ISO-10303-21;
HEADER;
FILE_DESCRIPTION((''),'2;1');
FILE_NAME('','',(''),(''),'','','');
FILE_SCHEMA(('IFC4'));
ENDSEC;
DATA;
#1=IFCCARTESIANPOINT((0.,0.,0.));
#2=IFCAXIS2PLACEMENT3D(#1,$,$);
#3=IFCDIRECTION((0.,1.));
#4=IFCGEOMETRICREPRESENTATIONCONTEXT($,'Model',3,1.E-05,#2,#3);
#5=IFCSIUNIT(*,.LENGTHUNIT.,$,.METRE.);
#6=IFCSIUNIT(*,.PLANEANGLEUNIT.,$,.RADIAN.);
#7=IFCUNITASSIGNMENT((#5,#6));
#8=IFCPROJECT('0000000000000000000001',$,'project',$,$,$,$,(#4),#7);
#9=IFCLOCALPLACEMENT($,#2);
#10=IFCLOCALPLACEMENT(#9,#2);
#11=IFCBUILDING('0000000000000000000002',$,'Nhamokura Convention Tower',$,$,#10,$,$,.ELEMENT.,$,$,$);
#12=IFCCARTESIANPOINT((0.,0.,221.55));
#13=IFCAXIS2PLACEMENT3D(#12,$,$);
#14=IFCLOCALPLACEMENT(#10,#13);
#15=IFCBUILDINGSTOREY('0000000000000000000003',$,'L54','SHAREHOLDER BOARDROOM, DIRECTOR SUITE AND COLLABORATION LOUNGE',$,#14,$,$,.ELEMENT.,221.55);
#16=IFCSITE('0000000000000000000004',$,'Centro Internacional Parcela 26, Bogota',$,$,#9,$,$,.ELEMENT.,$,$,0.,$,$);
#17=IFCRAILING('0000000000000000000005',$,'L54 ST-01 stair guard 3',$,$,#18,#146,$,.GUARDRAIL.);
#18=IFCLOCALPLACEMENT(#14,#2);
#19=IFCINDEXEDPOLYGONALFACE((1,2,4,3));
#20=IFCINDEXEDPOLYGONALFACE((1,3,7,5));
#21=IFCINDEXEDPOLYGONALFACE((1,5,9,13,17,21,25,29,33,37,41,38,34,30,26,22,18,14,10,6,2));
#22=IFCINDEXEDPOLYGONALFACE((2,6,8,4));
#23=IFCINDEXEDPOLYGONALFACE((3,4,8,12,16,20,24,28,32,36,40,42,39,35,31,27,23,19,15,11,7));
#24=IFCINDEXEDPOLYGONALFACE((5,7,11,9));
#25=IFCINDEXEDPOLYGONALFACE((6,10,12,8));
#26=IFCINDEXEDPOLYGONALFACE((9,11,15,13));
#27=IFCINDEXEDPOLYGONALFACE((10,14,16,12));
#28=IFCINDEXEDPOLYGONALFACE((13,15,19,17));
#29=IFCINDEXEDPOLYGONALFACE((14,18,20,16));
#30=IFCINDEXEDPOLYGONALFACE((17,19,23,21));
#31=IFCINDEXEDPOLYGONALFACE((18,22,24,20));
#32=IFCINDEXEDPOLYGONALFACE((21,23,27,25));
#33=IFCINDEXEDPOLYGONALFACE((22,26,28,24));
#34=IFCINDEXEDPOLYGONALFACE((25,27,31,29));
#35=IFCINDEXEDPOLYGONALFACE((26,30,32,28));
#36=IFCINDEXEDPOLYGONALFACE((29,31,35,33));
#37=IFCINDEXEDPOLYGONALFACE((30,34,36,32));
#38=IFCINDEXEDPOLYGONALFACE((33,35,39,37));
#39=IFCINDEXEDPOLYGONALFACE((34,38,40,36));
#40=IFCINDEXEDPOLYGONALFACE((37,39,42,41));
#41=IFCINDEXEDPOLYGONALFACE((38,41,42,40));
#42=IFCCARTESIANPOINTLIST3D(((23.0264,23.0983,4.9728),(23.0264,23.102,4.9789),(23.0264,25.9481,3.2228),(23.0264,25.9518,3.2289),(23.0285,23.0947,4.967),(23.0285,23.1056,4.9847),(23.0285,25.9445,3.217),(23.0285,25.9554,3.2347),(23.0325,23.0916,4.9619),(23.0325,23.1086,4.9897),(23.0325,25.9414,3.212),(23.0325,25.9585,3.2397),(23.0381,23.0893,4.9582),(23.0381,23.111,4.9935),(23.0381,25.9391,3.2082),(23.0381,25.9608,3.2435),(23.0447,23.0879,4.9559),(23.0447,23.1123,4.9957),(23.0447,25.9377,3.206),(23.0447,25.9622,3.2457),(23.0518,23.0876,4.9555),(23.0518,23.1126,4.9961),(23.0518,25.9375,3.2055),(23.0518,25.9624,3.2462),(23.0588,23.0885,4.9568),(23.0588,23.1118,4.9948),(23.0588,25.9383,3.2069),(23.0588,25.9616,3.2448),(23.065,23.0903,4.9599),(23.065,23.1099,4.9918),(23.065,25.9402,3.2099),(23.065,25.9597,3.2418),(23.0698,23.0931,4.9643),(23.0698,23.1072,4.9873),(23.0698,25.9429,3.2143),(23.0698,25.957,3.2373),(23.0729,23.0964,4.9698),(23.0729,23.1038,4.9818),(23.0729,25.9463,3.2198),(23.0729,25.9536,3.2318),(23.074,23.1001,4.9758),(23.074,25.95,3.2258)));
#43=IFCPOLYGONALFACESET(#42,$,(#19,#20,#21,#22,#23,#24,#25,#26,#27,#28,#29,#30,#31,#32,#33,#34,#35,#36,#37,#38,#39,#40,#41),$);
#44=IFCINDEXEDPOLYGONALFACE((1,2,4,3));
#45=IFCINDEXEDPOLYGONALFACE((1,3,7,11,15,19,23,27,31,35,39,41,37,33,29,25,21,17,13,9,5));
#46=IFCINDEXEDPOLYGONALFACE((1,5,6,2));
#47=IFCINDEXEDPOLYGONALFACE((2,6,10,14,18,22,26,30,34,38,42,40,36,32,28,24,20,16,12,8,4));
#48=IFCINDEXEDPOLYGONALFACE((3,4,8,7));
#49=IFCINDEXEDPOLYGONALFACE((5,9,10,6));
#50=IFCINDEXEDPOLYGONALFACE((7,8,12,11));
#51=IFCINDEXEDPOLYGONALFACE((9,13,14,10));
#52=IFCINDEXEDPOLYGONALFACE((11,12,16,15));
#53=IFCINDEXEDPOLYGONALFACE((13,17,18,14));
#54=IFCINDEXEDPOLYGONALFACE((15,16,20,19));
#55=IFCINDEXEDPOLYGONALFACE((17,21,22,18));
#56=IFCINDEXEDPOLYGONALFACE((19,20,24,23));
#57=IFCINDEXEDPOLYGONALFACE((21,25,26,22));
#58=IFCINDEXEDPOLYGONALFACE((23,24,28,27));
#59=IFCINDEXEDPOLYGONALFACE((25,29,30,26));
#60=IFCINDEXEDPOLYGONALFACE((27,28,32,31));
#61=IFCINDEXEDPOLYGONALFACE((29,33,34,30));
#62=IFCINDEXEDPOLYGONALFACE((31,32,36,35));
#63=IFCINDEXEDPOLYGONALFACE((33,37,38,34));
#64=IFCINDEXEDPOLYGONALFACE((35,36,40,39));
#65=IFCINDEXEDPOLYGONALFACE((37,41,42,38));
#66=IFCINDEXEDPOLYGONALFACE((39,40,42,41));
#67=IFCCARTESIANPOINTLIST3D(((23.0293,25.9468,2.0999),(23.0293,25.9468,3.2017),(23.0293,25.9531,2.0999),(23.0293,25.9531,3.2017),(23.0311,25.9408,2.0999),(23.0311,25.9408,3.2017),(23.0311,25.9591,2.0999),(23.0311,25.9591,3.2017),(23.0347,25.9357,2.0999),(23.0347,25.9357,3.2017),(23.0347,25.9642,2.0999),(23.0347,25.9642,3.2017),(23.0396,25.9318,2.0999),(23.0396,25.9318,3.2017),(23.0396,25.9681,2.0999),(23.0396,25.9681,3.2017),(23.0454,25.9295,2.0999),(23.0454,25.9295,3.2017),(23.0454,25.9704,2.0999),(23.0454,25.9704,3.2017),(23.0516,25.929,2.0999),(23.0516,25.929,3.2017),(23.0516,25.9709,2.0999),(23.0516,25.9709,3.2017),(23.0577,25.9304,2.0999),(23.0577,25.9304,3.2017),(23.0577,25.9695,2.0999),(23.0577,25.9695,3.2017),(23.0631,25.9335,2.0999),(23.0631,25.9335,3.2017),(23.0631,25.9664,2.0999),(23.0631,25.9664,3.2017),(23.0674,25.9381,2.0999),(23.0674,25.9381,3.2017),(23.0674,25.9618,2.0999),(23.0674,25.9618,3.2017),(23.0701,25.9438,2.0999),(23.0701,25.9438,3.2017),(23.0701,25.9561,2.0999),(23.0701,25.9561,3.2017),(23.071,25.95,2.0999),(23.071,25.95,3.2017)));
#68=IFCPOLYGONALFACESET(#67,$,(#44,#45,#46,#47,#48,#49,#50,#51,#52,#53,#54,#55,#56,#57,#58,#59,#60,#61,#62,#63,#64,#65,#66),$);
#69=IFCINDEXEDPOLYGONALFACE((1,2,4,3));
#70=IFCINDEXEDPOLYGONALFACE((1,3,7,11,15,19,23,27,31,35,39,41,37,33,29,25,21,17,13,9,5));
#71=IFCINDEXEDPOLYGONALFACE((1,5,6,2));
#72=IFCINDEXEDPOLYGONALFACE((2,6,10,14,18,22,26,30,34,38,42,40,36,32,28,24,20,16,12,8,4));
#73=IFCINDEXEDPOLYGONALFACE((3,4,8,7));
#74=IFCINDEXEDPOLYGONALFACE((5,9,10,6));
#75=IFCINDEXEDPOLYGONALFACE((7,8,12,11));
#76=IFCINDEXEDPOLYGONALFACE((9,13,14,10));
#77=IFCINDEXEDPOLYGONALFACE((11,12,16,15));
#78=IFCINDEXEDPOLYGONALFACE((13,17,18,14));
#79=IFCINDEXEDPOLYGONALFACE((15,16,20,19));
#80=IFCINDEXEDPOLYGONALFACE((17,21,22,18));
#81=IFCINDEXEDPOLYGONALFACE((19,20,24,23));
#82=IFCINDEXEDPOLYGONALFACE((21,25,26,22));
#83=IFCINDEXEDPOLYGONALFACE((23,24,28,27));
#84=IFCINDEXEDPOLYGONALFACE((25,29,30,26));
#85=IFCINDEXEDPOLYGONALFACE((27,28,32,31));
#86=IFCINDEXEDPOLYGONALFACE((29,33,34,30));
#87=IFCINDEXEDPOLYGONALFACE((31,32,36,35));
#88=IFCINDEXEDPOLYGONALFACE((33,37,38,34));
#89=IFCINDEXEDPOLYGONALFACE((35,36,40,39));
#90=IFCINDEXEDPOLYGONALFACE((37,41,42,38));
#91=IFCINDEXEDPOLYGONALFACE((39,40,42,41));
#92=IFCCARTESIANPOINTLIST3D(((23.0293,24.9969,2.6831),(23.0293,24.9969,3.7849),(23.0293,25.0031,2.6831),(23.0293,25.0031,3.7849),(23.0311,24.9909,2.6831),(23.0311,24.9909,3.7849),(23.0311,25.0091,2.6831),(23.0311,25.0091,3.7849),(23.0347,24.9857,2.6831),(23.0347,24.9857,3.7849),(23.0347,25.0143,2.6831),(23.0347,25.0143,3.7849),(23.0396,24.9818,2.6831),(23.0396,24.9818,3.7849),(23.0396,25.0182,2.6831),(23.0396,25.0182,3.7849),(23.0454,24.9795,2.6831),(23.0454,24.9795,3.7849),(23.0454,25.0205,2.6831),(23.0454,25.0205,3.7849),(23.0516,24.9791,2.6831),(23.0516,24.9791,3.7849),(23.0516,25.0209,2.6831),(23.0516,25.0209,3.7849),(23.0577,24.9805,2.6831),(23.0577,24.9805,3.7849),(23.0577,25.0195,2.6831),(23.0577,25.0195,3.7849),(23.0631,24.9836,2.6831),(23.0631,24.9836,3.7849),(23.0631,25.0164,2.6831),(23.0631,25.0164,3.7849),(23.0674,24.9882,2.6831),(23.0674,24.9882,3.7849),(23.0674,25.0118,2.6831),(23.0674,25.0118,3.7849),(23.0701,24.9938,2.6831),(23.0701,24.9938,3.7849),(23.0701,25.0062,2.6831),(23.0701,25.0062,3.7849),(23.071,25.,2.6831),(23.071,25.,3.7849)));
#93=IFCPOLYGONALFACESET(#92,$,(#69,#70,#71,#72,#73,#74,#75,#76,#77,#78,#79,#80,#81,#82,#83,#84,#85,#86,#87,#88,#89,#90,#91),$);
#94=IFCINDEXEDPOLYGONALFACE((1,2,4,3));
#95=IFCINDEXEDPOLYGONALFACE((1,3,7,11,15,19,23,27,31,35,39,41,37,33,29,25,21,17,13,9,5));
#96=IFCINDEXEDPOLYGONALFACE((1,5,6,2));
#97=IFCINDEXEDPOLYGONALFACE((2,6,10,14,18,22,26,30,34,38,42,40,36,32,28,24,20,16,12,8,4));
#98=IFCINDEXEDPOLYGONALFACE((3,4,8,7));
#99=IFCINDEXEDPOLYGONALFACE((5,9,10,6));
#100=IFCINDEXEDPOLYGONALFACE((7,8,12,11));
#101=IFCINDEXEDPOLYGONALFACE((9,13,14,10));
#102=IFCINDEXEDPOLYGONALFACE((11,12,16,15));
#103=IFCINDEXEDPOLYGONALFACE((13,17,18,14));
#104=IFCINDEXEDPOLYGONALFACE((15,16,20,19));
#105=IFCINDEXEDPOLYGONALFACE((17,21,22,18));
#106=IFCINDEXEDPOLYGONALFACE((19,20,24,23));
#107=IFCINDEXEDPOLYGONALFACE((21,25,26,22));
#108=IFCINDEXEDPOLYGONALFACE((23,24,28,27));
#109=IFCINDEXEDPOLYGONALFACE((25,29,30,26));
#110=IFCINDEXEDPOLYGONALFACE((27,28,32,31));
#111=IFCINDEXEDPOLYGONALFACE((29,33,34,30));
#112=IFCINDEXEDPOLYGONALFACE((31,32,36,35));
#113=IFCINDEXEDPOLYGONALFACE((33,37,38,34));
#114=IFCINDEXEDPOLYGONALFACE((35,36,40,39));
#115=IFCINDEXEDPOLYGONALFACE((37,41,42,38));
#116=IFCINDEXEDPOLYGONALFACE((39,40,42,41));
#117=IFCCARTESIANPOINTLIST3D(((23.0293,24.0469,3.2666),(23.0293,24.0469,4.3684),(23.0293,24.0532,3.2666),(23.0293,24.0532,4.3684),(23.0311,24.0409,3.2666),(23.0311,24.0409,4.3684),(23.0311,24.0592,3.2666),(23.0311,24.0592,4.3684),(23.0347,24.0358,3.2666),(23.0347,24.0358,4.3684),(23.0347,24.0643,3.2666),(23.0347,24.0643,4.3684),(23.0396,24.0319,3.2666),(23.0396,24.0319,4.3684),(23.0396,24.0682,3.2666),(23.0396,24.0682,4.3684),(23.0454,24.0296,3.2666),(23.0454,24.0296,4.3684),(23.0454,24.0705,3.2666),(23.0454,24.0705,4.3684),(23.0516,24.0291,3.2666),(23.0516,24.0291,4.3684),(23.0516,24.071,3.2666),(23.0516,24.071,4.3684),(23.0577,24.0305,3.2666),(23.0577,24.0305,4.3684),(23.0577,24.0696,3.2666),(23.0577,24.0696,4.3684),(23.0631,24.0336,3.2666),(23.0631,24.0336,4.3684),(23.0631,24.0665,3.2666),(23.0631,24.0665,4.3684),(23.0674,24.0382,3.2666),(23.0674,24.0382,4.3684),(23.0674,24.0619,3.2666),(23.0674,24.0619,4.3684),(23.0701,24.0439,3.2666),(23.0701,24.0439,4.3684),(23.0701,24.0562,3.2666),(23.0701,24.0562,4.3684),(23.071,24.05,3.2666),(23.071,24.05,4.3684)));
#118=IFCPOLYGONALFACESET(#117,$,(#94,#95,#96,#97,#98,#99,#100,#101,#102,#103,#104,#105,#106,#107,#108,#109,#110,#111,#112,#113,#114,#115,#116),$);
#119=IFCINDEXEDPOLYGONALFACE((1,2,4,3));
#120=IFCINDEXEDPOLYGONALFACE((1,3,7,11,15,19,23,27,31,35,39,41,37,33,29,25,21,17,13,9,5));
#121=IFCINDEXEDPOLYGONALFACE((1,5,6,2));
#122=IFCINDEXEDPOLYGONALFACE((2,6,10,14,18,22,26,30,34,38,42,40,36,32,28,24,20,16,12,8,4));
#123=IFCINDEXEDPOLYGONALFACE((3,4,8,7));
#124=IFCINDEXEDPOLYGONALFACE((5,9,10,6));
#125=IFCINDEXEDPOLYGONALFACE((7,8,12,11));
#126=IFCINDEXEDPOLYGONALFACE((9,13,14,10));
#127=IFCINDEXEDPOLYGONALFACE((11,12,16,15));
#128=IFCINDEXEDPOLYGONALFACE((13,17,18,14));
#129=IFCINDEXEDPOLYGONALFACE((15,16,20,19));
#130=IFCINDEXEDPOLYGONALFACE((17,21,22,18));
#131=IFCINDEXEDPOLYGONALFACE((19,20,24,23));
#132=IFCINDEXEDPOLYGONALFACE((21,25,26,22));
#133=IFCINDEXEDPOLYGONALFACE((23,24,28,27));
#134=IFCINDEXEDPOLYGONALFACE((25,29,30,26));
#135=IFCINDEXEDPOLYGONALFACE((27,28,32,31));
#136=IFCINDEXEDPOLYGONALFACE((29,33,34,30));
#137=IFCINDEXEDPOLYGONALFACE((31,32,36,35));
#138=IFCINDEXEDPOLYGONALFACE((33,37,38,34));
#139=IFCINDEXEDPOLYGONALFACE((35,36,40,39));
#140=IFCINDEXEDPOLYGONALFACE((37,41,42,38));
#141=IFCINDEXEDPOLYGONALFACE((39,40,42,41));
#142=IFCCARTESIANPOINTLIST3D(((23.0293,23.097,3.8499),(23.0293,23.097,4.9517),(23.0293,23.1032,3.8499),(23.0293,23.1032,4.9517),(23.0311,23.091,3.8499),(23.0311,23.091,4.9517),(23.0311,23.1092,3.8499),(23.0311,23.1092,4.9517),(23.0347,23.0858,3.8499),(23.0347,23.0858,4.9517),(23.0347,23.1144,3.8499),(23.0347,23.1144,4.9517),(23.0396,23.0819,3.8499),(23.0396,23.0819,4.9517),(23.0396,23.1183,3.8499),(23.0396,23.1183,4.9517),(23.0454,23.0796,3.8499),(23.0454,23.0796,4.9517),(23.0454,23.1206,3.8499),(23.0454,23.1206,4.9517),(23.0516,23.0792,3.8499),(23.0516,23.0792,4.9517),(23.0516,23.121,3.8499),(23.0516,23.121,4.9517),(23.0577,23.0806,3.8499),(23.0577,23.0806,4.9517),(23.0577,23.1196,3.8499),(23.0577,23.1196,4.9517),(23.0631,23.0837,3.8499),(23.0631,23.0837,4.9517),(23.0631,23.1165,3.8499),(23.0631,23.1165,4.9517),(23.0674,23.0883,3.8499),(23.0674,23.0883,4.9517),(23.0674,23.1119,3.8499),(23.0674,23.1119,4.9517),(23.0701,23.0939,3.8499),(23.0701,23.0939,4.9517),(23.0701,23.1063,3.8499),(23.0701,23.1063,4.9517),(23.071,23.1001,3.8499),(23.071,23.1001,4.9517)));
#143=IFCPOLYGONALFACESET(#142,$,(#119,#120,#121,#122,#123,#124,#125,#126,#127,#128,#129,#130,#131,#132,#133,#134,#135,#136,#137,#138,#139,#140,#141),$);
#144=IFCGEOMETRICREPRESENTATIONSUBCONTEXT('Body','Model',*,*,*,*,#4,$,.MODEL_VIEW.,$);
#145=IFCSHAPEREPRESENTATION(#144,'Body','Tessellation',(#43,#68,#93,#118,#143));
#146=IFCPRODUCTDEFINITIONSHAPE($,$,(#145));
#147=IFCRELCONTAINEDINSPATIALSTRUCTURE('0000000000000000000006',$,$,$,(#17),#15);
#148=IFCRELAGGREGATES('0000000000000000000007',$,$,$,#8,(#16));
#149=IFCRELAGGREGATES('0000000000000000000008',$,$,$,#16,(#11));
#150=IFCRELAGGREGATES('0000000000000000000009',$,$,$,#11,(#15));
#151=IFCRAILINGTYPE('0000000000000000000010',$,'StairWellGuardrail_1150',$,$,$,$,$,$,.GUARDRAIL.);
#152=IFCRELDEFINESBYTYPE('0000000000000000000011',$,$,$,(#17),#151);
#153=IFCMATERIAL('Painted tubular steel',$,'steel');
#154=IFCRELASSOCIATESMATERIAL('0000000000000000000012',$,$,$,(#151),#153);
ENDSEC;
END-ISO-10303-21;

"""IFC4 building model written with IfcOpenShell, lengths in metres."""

from ifc_helpers import new_model, si_unit, direction, frame, origin, origin_2d, place, context, subcontext, project, spatial, circle, extrude, material, type_object, element, save


model = new_model("IFC4")

# Units and contexts
model_context = context("Model", 3, precision=1e-05, world=origin(), true_north=direction((0.0, 1.0)))
body_context = subcontext(model_context, "Body", "Model", "MODEL_VIEW")
ifc_project = project(units=[si_unit("LENGTHUNIT", "METRE"), si_unit("PLANEANGLEUNIT", "RADIAN")], contexts=[model_context])

# Site, building, storey
site_placement = place(None, origin())
site = spatial("IfcSite", under=ifc_project, at=site_placement, Name="Centro Internacional Parcela 26, Bogota", CompositionType="ELEMENT", RefElevation=0.0)
building_placement = place(site_placement, origin())
building = spatial("IfcBuilding", under=site, at=building_placement, Name="Nhamokura Convention Tower", CompositionType="ELEMENT")
storey_placement = place(building_placement, frame((0.0, 0.0, 221.55)))
storey = spatial("IfcBuildingStorey", under=building, at=storey_placement, Name="L54", Description="SHAREHOLDER BOARDROOM, DIRECTOR SUITE AND COLLABORATION LOUNGE", CompositionType="ELEMENT", Elevation=221.55)

# Railing
ifc_material_1 = material(Name="Painted tubular steel", Category="steel")
railing_type_1 = type_object("IfcRailingType", Name="StairWellGuardrail_1150", PredefinedType="GUARDRAIL", material=ifc_material_1)
railing_1_placement = place(storey_placement, frame((23.05, 25.95, 2.0999)))
element("IfcRailing", 1, at=railing_1_placement, inside=storey, type_object=railing_type_1, Name="L54 ST-01 stair guard 3", PredefinedType="GUARDRAIL", context=body_context, shape_type="SweptSolid", body=[
    extrude(circle(Radius=0.0239, at=origin_2d()), frame((0.0, 0.0, 1.126), z_axis=(0.0, -0.852159, 0.523283), x_axis=(1.0, 0.0, 0.0)), (0.0, 0.0, 1.0), 3.3442),
    extrude(circle(Radius=0.021, at=origin_2d()), origin(), (0.0, 0.0, 1.0), 1.1018),
    extrude(circle(Radius=0.021, at=origin_2d()), frame((0.0, -0.95, 0.5833)), (0.0, 0.0, 1.0), 1.1018),
    extrude(circle(Radius=0.021, at=origin_2d()), frame((0.0, -1.8999, 1.1667)), (0.0, 0.0, 1.0), 1.1018),
    extrude(circle(Radius=0.021, at=origin_2d()), frame((0.0, -2.8499, 1.75)), (0.0, 0.0, 1.0), 1.1018),
])

save(model, "model.ifc")
